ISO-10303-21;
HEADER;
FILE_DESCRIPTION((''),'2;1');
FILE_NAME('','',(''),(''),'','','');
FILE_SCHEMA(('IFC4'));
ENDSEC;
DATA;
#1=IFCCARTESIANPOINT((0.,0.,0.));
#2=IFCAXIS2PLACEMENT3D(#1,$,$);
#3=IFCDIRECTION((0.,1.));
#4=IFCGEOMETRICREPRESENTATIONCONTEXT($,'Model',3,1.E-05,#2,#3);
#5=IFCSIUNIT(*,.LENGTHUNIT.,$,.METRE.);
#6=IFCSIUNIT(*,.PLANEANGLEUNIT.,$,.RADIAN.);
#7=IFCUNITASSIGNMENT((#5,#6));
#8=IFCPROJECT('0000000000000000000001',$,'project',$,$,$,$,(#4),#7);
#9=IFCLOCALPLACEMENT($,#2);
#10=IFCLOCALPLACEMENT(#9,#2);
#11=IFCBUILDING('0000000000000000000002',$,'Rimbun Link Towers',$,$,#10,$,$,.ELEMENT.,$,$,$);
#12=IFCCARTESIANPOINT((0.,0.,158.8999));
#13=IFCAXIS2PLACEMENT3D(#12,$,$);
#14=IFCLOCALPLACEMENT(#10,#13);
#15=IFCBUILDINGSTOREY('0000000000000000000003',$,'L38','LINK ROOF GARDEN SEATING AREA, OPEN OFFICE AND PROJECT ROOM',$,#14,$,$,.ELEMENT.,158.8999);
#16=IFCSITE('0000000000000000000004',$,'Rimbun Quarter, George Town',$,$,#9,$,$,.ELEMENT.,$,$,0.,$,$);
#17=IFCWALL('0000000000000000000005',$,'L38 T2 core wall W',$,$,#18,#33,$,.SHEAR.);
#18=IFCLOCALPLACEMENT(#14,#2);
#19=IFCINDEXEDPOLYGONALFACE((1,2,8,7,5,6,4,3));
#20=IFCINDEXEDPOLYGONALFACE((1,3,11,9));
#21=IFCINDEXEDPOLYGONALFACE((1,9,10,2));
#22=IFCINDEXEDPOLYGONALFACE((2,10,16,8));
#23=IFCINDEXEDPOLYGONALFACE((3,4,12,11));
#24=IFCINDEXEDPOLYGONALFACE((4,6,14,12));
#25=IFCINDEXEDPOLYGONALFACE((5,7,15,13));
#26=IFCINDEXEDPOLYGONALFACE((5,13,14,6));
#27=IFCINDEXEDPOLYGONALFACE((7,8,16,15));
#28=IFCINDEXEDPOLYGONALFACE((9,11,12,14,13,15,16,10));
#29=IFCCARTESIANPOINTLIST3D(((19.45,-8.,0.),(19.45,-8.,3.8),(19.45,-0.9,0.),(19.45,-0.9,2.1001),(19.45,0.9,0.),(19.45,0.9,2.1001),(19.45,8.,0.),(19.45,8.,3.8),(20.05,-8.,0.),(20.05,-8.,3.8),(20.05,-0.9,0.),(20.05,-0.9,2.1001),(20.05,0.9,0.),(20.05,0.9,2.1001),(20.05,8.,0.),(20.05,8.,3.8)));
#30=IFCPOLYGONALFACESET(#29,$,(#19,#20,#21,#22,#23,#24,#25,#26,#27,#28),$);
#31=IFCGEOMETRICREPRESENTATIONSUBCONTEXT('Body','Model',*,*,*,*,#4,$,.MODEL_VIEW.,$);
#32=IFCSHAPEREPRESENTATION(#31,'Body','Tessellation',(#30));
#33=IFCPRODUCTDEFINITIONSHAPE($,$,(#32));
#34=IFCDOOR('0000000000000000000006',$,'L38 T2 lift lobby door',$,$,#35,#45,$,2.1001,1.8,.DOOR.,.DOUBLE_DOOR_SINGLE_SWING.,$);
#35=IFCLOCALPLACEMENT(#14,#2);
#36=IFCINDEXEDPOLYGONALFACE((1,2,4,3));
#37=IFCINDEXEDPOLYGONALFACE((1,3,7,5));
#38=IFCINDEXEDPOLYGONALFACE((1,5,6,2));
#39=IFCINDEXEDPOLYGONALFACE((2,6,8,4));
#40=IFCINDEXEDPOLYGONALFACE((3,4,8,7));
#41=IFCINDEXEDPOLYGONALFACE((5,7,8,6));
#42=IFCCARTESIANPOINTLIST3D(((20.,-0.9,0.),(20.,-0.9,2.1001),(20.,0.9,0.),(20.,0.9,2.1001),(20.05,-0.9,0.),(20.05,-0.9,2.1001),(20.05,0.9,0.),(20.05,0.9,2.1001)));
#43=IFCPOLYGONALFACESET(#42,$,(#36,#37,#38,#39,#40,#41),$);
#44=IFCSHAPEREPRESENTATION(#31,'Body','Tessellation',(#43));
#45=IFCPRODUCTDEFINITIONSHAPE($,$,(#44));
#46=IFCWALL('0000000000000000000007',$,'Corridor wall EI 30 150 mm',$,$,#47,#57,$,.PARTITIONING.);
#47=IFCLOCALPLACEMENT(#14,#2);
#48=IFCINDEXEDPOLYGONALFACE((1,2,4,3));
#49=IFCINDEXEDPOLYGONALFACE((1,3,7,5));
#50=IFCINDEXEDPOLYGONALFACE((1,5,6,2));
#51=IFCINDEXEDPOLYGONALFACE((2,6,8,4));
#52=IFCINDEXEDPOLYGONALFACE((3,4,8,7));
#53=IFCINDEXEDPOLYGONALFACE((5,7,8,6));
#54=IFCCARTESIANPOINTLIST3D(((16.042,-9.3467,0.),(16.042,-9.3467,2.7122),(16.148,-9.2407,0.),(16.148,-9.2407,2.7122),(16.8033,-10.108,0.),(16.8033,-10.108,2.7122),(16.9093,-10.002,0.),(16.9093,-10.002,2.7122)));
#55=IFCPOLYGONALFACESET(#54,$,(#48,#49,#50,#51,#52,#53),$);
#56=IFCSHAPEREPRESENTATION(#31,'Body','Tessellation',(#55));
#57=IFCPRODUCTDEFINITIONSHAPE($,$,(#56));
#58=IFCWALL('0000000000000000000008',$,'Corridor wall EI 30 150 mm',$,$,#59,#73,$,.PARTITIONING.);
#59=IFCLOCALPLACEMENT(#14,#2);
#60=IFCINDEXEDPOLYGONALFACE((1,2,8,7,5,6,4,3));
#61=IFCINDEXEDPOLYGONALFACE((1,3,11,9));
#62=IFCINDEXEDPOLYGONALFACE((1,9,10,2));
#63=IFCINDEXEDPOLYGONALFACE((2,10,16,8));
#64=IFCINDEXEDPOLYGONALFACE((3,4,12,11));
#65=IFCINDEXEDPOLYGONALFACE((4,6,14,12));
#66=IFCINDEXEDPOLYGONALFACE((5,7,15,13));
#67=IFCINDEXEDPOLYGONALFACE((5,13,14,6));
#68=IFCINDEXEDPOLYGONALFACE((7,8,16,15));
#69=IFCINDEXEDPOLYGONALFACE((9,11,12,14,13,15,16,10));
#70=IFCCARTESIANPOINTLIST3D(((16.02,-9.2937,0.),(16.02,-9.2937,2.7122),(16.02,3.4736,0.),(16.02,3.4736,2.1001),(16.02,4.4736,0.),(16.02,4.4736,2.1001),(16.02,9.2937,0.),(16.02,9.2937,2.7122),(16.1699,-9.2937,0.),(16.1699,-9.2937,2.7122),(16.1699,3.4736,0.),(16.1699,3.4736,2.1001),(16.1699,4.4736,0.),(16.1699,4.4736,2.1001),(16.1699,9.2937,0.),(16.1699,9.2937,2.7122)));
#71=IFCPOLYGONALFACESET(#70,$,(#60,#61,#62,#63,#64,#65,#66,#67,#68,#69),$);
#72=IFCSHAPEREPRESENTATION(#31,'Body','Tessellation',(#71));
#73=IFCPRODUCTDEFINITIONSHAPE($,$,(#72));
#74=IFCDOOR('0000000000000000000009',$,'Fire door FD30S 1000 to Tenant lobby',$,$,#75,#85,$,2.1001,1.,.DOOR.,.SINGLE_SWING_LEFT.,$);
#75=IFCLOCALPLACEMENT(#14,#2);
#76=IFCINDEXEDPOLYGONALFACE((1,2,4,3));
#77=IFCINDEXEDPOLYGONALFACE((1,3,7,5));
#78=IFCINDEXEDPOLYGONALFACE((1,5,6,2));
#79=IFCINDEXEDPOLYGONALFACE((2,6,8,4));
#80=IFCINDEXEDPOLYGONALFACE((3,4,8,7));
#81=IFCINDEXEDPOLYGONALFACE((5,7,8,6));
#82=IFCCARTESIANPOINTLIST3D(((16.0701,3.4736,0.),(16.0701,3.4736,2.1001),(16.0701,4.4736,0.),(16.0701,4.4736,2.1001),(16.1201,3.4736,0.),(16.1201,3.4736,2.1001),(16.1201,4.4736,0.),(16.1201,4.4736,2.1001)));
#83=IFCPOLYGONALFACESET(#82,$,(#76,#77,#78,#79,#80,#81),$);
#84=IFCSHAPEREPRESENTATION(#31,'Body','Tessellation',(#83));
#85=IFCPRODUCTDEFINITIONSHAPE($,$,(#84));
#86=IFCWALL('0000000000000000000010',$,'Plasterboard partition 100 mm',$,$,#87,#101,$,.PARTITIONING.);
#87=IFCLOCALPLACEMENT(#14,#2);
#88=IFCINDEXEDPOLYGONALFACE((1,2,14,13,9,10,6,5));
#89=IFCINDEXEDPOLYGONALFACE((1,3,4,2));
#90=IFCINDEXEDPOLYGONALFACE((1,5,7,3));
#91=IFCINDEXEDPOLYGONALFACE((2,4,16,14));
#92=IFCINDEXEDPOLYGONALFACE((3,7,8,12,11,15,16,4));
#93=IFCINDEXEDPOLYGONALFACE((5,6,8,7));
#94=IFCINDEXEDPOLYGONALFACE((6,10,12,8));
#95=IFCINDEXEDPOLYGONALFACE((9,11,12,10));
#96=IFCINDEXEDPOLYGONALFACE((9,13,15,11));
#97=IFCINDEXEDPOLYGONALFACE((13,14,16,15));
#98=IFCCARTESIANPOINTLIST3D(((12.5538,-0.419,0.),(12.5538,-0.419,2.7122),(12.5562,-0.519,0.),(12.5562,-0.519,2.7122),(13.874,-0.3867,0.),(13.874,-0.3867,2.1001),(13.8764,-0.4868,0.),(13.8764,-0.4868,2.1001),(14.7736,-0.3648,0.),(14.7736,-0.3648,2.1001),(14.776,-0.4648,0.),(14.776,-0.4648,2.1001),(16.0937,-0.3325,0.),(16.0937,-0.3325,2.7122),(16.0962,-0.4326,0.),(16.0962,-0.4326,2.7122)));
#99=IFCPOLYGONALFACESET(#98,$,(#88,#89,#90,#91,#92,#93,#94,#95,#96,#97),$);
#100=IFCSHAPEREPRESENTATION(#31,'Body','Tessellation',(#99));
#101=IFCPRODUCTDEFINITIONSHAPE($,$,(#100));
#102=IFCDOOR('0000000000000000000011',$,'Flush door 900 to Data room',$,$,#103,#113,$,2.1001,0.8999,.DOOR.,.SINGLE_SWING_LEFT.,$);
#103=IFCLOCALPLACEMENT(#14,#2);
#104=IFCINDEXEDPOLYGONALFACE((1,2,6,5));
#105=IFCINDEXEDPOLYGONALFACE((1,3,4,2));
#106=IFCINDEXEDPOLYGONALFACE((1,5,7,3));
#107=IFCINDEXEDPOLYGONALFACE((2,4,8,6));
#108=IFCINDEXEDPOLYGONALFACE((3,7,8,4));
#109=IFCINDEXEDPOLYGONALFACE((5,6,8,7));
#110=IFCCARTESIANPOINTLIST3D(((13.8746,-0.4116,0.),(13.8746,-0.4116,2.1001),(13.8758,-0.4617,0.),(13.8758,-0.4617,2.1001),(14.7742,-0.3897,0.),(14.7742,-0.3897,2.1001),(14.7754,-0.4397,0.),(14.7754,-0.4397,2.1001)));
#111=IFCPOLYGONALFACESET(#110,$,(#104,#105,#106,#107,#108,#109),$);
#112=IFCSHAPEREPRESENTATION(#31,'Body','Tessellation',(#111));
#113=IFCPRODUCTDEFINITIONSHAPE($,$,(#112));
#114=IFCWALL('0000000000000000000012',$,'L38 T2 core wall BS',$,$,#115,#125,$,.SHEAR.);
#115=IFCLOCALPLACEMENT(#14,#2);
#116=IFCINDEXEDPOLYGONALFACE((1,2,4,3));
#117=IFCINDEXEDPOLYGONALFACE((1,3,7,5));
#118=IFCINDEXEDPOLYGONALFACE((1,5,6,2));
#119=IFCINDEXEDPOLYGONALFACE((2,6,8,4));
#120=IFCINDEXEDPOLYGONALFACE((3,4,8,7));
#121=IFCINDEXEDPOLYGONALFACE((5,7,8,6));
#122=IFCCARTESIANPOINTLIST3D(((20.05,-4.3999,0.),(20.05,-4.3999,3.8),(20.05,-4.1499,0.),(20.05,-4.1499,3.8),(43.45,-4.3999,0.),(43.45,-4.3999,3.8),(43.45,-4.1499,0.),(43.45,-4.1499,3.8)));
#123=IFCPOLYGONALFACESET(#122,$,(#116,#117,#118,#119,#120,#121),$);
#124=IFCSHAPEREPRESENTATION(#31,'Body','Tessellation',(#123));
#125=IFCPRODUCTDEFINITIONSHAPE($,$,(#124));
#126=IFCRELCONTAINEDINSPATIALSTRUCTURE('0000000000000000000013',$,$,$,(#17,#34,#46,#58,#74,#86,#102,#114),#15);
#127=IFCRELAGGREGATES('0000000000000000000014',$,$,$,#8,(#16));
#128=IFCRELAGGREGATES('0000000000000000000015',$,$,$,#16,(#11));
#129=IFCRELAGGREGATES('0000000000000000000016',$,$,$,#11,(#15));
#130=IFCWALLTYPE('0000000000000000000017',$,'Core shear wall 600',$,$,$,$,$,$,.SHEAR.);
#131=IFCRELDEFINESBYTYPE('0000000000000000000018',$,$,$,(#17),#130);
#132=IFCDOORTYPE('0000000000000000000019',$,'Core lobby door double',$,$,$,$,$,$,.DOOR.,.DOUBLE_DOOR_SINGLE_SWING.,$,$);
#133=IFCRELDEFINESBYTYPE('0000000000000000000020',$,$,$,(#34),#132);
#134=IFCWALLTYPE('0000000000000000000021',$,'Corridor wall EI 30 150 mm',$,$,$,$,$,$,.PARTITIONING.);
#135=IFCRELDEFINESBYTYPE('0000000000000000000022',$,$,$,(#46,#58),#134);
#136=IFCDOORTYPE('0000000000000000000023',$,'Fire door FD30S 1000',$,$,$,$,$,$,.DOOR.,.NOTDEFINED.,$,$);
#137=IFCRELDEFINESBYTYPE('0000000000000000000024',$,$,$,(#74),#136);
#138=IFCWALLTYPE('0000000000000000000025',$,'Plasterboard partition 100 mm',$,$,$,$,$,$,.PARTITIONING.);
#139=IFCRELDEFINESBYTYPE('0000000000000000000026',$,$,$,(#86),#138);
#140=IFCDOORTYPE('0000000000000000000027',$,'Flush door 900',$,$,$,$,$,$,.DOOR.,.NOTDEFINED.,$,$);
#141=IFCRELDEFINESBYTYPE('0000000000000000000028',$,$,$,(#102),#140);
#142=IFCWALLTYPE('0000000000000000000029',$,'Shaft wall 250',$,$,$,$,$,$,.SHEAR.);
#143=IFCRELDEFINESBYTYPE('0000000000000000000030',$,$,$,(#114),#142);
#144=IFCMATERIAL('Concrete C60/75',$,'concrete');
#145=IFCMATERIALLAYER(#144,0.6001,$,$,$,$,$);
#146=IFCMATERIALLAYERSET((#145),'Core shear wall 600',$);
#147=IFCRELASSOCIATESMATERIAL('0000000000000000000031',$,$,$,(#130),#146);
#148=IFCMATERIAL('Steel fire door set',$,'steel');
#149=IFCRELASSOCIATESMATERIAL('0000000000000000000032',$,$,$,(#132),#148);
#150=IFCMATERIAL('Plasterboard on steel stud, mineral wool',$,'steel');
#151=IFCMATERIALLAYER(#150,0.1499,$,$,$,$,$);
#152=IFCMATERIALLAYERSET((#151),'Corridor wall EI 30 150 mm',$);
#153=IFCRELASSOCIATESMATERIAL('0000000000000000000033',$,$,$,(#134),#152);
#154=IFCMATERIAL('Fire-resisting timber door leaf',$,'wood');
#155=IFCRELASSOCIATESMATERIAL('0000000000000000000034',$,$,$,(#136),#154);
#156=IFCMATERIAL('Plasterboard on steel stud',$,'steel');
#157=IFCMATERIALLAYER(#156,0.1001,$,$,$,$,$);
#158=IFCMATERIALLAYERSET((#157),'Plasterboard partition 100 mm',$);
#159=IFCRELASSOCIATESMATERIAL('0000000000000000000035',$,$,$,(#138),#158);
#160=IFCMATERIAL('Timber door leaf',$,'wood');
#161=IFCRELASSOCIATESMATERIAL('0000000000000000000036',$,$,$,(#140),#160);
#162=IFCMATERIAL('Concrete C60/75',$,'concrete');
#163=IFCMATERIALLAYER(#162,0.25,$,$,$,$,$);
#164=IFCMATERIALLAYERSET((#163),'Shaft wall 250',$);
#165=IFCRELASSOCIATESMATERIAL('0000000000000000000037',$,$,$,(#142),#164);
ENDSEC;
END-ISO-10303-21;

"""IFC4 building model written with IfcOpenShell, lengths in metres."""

from ifc_helpers import new_model, si_unit, direction, frame, frame_2d, origin, place, context, subcontext, project, spatial, rectangle, extrude, material, layer, layer_set, type_object, element, fill, save


model = new_model("IFC4")

# Units and contexts
model_context = context("Model", 3, precision=1e-05, world=origin(), true_north=direction((0.0, 1.0)))
body_context = subcontext(model_context, "Body", "Model", "MODEL_VIEW")
ifc_project = project(units=[si_unit("LENGTHUNIT", "METRE"), si_unit("PLANEANGLEUNIT", "RADIAN")], contexts=[model_context])

# Site, building, storey
site_placement = place(None, origin())
site = spatial("IfcSite", under=ifc_project, at=site_placement, Name="Rimbun Quarter, George Town", CompositionType="ELEMENT", RefElevation=0.0)
building_placement = place(site_placement, origin())
building = spatial("IfcBuilding", under=site, at=building_placement, Name="Rimbun Link Towers", CompositionType="ELEMENT")
storey_placement = place(building_placement, frame((0.0, 0.0, 158.8999)))
storey = spatial("IfcBuildingStorey", under=building, at=storey_placement, Name="L38", Description="LINK ROOF GARDEN SEATING AREA, OPEN OFFICE AND PROJECT ROOM", CompositionType="ELEMENT", Elevation=158.8999)

# Shared definitions
ifc_material_1 = material(Name="Concrete C60/75", Category="concrete")
ifc_layer_1 = layer(ifc_material_1, 0.6001)
ifc_layer_set_1 = layer_set([ifc_layer_1], Name="Core shear wall 600")
wall_type_1 = type_object("IfcWallType", Name="Core shear wall 600", PredefinedType="SHEAR", material=ifc_layer_set_1)

# Wall, opening, door
wall_1_placement = place(storey_placement, frame((19.75, -8.0, 0.0), z_axis=(0.0, 0.0, 1.0), x_axis=(0.0, 1.0, 0.0)))
wall_1 = element("IfcWall", 1, at=wall_1_placement, inside=storey, type_object=wall_type_1, Name="L38 T2 core wall W", PredefinedType="SHEAR", context=body_context, shape_type="SweptSolid", body=[
    extrude(rectangle(XDim=16.0, YDim=0.6001, at=frame_2d((8.0, 0.0))), origin(), (0.0, 0.0, 1.0), 3.8),
])
opening_1_placement = place(wall_1_placement, frame((7.1001, 0.0, 0.0)))
opening_1 = element("IfcOpeningElement", 2, at=opening_1_placement, cuts=wall_1, PredefinedType="OPENING", context=body_context, shape_type="SweptSolid", body=[
    extrude(rectangle(XDim=1.8, YDim=2.1001, at=frame_2d((0.8999, 1.05))), frame((0.0, 0.3101, 0.0), z_axis=(0.0, -1.0, 0.0), x_axis=(1.0, 0.0, 0.0)), (0.0, 0.0, 1.0), 0.6201),
])
ifc_material_2 = material(Name="Steel fire door set", Category="steel")
door_type_1 = type_object("IfcDoorType", Name="Core lobby door double", OperationType="DOUBLE_DOOR_SINGLE_SWING", PredefinedType="DOOR", material=ifc_material_2)
door_1_placement = place(opening_1_placement, origin())
door_1 = element("IfcDoor", 3, at=door_1_placement, inside=storey, type_object=door_type_1, Name="L38 T2 lift lobby door", OperationType="DOUBLE_DOOR_SINGLE_SWING", OverallHeight=2.1001, OverallWidth=1.8, PredefinedType="DOOR", context=body_context, shape_type="SweptSolid", body=[
    extrude(rectangle(XDim=1.8, YDim=2.1001, at=frame_2d((0.8999, 1.05))), frame((0.0, -0.25, 0.0), z_axis=(0.0, -1.0, 0.0), x_axis=(1.0, 0.0, 0.0)), (0.0, 0.0, 1.0), 0.05),
])
fill(opening_1, door_1)

# Wall
ifc_material_3 = material(Name="Plasterboard on steel stud, mineral wool", Category="steel")
ifc_layer_2 = layer(ifc_material_3, 0.1499)
ifc_layer_set_2 = layer_set([ifc_layer_2], Name="Corridor wall EI 30 150 mm")
wall_type_2 = type_object("IfcWallType", Name="Corridor wall EI 30 150 mm", PredefinedType="PARTITIONING", material=ifc_layer_set_2)
wall_2_placement = place(storey_placement, frame((16.095, -9.2937, 0.0), z_axis=(0.0, 0.0, 1.0), x_axis=(0.707107, -0.707107, 0.0)))
element("IfcWall", 4, at=wall_2_placement, inside=storey, type_object=wall_type_2, Name="Corridor wall EI 30 150 mm", PredefinedType="PARTITIONING", context=body_context, shape_type="SweptSolid", body=[
    extrude(rectangle(XDim=1.0767, YDim=0.1499, at=frame_2d((0.5383, 0.0))), origin(), (0.0, 0.0, 1.0), 2.7122),
])

# Walls, openings, doors
wall_3_placement = place(storey_placement, frame((16.095, -9.2937, 0.0), z_axis=(0.0, 0.0, 1.0), x_axis=(0.0, 1.0, 0.0)))
wall_3 = element("IfcWall", 5, at=wall_3_placement, inside=storey, type_object=wall_type_2, Name="Corridor wall EI 30 150 mm", PredefinedType="PARTITIONING", context=body_context, shape_type="SweptSolid", body=[
    extrude(rectangle(XDim=18.5874, YDim=0.1499, at=frame_2d((9.2937, 0.0))), origin(), (0.0, 0.0, 1.0), 2.7122),
])
opening_2_placement = place(wall_3_placement, frame((12.7673, 0.0, 0.0)))
opening_2 = element("IfcOpeningElement", 6, at=opening_2_placement, cuts=wall_3, PredefinedType="OPENING", context=body_context, shape_type="SweptSolid", body=[
    extrude(rectangle(XDim=1.0, YDim=2.1001, at=frame_2d((0.5, 1.05))), frame((0.0, 0.085, 0.0), z_axis=(0.0, -1.0, 0.0), x_axis=(1.0, 0.0, 0.0)), (0.0, 0.0, 1.0), 0.1699),
])
ifc_material_4 = material(Name="Fire-resisting timber door leaf", Category="wood")
door_type_2 = type_object("IfcDoorType", Name="Fire door FD30S 1000", OperationType="NOTDEFINED", PredefinedType="DOOR", material=ifc_material_4)
door_2_placement = place(opening_2_placement, origin())
door_2 = element("IfcDoor", 7, at=door_2_placement, inside=storey, type_object=door_type_2, Name="Fire door FD30S 1000 to Tenant lobby", OperationType="SINGLE_SWING_LEFT", OverallHeight=2.1001, OverallWidth=1.0, PredefinedType="DOOR", context=body_context, shape_type="SweptSolid", body=[
    extrude(rectangle(XDim=1.0, YDim=2.1001, at=frame_2d((0.5, 1.05))), frame((0.0, 0.0249, 0.0), z_axis=(0.0, -1.0, 0.0), x_axis=(1.0, 0.0, 0.0)), (0.0, 0.0, 1.0), 0.05),
])
fill(opening_2, door_2)
ifc_material_5 = material(Name="Plasterboard on steel stud", Category="steel")
ifc_layer_3 = layer(ifc_material_5, 0.1001)
ifc_layer_set_3 = layer_set([ifc_layer_3], Name="Plasterboard partition 100 mm")
wall_type_3 = type_object("IfcWallType", Name="Plasterboard partition 100 mm", PredefinedType="PARTITIONING", material=ifc_layer_set_3)
wall_4_placement = place(storey_placement, frame((16.095, -0.3826, 0.0), z_axis=(0.0, 0.0, 1.0), x_axis=(-0.999702, -0.024407, 0.0)))
wall_4 = element("IfcWall", 8, at=wall_4_placement, inside=storey, type_object=wall_type_3, Name="Plasterboard partition 100 mm", PredefinedType="PARTITIONING", context=body_context, shape_type="SweptSolid", body=[
    extrude(rectangle(XDim=3.541, YDim=0.1001, at=frame_2d((1.7705, 0.0))), origin(), (0.0, 0.0, 1.0), 2.7122),
])
opening_3_placement = place(wall_4_placement, frame((1.3206, 0.0, 0.0)))
opening_3 = element("IfcOpeningElement", 9, at=opening_3_placement, cuts=wall_4, PredefinedType="OPENING", context=body_context, shape_type="SweptSolid", body=[
    extrude(rectangle(XDim=0.8999, YDim=2.1001, at=frame_2d((0.45, 1.05))), frame((0.0, 0.0601, 0.0), z_axis=(0.0, -1.0, 0.0), x_axis=(1.0, 0.0, 0.0)), (0.0, 0.0, 1.0), 0.1201),
])
ifc_material_6 = material(Name="Timber door leaf", Category="wood")
door_type_3 = type_object("IfcDoorType", Name="Flush door 900", OperationType="NOTDEFINED", PredefinedType="DOOR", material=ifc_material_6)
door_3_placement = place(opening_3_placement, origin())
door_3 = element("IfcDoor", 10, at=door_3_placement, inside=storey, type_object=door_type_3, Name="Flush door 900 to Data room", OperationType="SINGLE_SWING_LEFT", OverallHeight=2.1001, OverallWidth=0.8999, PredefinedType="DOOR", context=body_context, shape_type="SweptSolid", body=[
    extrude(rectangle(XDim=0.8999, YDim=2.1001, at=frame_2d((0.45, 1.05))), frame((0.0, 0.0249, 0.0), z_axis=(0.0, -1.0, 0.0), x_axis=(1.0, 0.0, 0.0)), (0.0, 0.0, 1.0), 0.05),
])
fill(opening_3, door_3)

# Wall
ifc_material_7 = material(Name="Concrete C60/75", Category="concrete")
ifc_layer_4 = layer(ifc_material_7, 0.25)
ifc_layer_set_4 = layer_set([ifc_layer_4], Name="Shaft wall 250")
wall_type_4 = type_object("IfcWallType", Name="Shaft wall 250", PredefinedType="SHEAR", material=ifc_layer_set_4)
wall_5_placement = place(storey_placement, frame((20.05, -4.2749, 0.0), z_axis=(0.0, 0.0, 1.0), x_axis=(1.0, 0.0, 0.0)))
element("IfcWall", 11, at=wall_5_placement, inside=storey, type_object=wall_type_4, Name="L38 T2 core wall BS", PredefinedType="SHEAR", context=body_context, shape_type="SweptSolid", body=[
    extrude(rectangle(XDim=23.3999, YDim=0.25, at=frame_2d((11.7, 0.0))), origin(), (0.0, 0.0, 1.0), 3.8),
])

save(model, "model.ifc")
